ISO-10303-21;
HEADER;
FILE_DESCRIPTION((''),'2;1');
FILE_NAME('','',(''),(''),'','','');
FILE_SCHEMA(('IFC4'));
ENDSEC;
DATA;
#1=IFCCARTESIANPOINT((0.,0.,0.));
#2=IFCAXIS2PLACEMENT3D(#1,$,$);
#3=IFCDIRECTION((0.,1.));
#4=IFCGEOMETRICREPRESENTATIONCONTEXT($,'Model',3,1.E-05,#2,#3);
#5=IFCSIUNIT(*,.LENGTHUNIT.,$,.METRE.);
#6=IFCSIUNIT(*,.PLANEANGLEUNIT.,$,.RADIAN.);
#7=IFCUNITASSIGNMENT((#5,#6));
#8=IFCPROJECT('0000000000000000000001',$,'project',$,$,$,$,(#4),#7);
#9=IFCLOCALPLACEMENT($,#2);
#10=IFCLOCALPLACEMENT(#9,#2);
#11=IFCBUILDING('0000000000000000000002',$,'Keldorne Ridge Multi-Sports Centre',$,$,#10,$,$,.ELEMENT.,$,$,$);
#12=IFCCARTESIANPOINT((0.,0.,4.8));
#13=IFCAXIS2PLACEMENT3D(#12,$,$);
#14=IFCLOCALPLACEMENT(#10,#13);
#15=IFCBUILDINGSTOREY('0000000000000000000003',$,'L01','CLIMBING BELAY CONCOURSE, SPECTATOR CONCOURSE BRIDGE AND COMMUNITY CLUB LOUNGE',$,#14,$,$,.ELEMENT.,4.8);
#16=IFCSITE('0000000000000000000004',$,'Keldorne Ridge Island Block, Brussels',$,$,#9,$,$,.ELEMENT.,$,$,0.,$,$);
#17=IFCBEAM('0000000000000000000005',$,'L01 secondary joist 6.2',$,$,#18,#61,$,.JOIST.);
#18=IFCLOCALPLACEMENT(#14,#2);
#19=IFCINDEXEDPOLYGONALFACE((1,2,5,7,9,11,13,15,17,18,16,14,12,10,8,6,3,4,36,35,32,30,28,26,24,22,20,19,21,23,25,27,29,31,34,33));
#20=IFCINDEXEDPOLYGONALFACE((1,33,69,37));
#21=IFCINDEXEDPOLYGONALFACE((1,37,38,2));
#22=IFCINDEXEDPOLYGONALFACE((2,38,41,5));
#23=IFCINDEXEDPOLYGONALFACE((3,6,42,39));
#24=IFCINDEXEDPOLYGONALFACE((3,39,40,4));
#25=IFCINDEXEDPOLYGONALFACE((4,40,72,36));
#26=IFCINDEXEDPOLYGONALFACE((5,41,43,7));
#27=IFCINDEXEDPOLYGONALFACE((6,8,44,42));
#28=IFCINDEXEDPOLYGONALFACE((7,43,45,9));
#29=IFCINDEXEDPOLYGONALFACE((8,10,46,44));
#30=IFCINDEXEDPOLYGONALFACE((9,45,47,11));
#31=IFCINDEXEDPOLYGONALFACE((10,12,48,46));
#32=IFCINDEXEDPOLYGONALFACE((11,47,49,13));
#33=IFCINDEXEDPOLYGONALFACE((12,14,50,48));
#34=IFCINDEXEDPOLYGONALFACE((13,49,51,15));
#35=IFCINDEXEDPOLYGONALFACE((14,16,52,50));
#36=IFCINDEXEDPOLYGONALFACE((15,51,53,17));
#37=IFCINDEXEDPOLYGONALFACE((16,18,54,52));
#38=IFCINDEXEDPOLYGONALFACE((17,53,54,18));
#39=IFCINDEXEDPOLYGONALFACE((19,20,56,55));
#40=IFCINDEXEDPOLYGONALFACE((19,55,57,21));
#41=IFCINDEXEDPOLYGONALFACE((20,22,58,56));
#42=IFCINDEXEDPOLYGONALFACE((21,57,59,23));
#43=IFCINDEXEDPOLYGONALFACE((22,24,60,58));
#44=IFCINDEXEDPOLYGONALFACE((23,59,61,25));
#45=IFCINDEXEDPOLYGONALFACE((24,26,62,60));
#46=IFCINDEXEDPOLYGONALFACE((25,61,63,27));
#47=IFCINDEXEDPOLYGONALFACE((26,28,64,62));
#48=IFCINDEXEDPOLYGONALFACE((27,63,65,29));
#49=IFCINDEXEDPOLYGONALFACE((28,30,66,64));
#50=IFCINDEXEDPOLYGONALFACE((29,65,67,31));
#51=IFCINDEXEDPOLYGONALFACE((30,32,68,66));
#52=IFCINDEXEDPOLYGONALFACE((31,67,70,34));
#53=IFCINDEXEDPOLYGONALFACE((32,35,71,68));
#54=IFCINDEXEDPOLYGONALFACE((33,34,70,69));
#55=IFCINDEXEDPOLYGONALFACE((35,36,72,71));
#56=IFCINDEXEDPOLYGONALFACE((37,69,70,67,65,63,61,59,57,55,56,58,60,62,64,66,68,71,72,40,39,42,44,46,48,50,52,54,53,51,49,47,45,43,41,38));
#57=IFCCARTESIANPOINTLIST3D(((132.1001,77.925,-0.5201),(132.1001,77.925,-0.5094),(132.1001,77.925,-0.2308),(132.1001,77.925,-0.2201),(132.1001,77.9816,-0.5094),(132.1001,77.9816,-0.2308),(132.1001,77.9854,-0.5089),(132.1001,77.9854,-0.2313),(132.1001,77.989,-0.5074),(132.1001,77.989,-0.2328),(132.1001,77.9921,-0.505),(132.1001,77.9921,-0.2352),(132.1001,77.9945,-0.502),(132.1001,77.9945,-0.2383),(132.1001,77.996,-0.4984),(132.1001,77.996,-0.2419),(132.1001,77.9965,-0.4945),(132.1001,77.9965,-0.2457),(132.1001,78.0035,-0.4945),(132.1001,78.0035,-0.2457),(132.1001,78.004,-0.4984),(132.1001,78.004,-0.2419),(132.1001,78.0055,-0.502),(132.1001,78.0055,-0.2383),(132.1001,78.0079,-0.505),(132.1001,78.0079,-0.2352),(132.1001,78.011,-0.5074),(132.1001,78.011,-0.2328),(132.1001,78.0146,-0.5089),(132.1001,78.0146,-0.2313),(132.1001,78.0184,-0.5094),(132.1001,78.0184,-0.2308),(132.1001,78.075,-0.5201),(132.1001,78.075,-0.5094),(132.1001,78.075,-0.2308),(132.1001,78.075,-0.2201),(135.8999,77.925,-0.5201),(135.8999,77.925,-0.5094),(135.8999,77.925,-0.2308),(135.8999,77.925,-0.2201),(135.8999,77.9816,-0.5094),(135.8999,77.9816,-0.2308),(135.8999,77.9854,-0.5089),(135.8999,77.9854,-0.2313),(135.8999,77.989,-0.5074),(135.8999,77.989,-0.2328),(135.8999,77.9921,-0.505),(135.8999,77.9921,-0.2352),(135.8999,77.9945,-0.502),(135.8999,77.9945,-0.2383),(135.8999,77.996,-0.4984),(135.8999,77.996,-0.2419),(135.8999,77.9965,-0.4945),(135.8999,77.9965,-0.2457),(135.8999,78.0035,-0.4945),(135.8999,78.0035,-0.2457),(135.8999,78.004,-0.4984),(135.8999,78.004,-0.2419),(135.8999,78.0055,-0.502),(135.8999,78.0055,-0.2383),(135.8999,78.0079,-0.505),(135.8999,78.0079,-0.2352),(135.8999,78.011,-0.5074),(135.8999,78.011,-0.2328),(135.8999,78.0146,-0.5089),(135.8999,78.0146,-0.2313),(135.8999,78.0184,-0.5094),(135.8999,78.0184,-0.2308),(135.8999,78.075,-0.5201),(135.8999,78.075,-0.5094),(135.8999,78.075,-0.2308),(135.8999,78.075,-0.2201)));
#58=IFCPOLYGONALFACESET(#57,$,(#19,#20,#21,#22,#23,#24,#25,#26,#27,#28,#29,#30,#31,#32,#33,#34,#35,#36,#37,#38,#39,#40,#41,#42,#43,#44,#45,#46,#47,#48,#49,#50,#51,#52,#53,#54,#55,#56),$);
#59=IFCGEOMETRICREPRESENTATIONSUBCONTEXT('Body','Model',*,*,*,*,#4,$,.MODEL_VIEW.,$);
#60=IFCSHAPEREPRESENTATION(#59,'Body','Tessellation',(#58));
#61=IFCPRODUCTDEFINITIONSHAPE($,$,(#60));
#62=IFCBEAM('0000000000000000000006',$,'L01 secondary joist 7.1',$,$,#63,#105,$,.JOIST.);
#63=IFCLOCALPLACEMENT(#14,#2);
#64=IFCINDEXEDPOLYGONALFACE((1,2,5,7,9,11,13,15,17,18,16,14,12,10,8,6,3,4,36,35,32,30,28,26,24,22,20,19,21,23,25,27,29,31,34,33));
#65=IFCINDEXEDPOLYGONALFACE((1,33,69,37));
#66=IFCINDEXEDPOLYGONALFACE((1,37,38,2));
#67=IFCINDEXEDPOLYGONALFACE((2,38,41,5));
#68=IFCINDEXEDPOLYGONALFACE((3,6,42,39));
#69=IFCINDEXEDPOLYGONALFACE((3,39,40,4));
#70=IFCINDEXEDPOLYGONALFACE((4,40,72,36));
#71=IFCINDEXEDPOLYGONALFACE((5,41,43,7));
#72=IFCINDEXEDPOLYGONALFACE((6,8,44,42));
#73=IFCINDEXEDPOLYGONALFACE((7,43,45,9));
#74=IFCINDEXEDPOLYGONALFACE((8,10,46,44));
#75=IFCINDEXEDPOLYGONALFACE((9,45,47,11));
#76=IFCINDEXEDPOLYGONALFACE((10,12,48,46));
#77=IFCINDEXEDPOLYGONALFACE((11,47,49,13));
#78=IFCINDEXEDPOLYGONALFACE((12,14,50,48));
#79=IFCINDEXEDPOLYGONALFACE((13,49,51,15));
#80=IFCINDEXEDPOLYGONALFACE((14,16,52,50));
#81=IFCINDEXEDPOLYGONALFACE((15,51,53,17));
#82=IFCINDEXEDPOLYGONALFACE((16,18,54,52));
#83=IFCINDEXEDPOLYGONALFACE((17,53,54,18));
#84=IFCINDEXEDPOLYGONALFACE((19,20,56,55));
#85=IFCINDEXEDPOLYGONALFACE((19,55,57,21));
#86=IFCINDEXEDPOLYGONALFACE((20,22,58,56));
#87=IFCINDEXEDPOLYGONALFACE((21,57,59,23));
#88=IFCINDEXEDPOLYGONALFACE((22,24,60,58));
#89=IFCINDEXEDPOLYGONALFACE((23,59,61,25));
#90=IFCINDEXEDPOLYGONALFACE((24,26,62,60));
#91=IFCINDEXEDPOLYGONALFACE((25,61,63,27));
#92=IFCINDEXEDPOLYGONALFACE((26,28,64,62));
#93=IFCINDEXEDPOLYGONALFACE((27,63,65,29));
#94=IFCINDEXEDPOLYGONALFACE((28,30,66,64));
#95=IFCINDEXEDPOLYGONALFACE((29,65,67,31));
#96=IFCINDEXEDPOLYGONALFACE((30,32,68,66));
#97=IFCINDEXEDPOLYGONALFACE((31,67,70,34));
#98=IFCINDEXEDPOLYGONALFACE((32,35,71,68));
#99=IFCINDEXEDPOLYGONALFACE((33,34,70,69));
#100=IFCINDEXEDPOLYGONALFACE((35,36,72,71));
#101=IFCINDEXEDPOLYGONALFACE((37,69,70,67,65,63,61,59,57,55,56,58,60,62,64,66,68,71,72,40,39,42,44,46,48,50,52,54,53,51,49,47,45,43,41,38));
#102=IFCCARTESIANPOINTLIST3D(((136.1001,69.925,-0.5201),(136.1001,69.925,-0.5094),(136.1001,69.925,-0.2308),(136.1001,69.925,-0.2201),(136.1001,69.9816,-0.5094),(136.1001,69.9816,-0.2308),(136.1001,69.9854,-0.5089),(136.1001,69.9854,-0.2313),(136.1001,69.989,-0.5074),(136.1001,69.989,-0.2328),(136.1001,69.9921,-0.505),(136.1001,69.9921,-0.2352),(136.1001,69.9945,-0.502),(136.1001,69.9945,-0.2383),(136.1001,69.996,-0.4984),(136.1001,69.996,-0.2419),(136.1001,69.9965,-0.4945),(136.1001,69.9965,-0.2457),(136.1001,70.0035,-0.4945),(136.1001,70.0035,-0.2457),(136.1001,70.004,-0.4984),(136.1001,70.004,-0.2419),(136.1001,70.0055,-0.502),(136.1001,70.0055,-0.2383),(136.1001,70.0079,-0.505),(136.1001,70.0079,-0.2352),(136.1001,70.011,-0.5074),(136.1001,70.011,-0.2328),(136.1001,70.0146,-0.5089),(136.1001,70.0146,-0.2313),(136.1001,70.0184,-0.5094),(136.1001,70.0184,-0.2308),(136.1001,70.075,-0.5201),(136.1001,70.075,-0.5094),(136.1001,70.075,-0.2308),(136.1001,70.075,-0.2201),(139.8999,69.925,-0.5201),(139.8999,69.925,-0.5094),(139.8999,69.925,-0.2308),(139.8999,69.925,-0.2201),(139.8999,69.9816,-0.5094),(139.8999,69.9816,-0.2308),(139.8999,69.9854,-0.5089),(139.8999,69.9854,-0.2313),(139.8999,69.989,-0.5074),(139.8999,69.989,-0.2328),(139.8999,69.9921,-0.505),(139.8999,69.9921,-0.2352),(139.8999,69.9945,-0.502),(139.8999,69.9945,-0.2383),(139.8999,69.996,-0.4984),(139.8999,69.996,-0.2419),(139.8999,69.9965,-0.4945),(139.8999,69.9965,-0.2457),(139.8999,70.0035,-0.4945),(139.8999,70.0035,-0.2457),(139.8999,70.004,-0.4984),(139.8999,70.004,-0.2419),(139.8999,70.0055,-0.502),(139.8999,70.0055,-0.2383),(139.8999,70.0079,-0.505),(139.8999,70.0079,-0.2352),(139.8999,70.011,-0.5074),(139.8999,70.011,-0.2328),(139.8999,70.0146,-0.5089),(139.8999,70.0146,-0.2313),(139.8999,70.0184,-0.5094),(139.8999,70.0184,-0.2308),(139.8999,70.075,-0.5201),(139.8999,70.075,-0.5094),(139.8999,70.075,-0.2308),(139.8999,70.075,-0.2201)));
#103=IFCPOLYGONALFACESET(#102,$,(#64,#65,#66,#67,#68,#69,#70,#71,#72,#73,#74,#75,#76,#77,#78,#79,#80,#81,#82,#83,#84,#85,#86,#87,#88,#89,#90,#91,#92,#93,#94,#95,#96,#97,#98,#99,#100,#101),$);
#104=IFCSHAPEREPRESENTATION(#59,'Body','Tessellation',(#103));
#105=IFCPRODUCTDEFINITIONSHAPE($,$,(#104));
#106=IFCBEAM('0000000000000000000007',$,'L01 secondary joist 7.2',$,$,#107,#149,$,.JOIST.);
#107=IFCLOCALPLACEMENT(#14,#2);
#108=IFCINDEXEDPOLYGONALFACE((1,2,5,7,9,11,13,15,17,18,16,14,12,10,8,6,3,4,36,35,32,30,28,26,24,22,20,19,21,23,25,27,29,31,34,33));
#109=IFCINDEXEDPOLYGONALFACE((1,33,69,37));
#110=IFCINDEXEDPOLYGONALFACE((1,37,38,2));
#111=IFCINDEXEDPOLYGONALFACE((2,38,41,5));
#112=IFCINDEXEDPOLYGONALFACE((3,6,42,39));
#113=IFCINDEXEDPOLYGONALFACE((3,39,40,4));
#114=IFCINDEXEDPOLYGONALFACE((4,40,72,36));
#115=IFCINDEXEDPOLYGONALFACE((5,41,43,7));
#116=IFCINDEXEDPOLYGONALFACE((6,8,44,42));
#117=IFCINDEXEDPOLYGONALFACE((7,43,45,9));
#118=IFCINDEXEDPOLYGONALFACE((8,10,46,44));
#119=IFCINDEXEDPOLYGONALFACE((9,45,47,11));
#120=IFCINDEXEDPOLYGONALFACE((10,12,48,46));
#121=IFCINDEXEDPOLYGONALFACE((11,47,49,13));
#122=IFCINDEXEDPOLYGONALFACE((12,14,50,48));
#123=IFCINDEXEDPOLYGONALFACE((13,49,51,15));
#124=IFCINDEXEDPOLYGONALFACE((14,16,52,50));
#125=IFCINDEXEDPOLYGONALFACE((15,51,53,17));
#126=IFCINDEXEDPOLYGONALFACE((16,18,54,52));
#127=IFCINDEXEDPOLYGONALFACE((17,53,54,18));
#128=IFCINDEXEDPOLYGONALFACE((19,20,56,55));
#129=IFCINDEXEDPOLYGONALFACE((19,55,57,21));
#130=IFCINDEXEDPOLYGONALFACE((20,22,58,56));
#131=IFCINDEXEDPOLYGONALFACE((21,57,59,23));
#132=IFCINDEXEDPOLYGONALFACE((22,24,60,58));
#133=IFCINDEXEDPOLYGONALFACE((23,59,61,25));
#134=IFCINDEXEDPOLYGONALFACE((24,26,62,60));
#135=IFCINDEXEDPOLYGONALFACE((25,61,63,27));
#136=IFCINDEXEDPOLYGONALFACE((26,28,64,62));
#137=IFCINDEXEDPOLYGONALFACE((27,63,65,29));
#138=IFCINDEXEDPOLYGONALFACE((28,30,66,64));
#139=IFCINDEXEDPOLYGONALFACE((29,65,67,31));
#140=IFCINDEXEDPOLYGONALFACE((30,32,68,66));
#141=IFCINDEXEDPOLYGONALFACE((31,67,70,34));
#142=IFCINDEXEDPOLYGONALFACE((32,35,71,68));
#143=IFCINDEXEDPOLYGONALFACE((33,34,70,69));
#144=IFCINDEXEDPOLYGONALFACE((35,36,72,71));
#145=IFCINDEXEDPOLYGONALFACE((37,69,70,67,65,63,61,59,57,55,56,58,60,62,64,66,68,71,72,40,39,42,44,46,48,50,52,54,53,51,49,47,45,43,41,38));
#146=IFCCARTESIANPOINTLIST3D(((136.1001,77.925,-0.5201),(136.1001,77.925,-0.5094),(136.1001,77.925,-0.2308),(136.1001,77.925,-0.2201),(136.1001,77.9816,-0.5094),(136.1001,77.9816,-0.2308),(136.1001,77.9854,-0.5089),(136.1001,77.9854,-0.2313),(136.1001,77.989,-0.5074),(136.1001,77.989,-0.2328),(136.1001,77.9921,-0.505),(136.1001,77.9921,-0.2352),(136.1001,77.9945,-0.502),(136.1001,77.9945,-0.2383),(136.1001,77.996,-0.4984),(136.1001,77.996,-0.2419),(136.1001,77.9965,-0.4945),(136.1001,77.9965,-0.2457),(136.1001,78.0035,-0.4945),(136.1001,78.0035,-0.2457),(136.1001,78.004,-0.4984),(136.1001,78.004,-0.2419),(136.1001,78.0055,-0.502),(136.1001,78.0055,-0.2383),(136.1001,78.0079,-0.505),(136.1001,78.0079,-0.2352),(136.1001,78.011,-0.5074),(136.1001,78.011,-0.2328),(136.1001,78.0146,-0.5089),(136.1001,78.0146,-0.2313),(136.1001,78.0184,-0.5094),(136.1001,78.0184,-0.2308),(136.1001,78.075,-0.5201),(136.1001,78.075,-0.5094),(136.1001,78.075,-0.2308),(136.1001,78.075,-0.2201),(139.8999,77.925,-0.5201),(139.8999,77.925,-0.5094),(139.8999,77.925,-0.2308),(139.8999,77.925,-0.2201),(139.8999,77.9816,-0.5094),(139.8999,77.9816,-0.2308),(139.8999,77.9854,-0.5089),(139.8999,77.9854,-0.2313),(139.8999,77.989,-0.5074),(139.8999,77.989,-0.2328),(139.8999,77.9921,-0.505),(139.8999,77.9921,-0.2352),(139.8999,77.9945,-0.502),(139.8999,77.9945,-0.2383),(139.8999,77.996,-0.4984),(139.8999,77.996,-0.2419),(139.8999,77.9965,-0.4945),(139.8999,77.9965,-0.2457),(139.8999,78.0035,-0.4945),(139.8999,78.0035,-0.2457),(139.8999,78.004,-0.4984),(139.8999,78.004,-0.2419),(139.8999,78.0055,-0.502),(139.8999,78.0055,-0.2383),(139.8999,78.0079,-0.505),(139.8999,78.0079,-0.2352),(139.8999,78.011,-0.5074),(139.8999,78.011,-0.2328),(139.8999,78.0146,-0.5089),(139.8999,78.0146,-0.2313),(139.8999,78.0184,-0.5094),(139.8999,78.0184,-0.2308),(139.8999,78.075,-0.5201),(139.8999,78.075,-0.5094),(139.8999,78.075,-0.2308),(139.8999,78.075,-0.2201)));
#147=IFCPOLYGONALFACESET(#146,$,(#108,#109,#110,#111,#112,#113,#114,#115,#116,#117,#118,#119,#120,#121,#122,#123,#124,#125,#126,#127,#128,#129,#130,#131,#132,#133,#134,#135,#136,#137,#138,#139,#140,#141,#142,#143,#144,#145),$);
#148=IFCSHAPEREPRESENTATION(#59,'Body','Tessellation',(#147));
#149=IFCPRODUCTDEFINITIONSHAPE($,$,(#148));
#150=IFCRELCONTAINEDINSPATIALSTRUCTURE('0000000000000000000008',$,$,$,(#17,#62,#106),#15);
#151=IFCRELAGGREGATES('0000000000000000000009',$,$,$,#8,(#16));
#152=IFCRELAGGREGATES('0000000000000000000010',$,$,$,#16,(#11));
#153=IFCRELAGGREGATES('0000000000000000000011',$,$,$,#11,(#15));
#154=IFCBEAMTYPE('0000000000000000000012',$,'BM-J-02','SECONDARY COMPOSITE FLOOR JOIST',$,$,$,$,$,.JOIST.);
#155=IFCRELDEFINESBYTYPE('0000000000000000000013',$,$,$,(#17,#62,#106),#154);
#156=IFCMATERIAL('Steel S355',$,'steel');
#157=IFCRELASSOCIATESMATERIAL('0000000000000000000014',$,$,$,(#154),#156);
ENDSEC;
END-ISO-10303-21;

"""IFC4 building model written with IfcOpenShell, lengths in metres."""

from ifc_helpers import new_model, si_unit, direction, frame, origin, origin_2d, place, context, subcontext, project, spatial, i_section, extrude, material, material_profile, profile_set, type_object, element, save


model = new_model("IFC4")

# Units and contexts
model_context = context("Model", 3, precision=1e-05, world=origin(), true_north=direction((0.0, 1.0)))
body_context = subcontext(model_context, "Body", "Model", "MODEL_VIEW")
ifc_project = project(units=[si_unit("LENGTHUNIT", "METRE"), si_unit("PLANEANGLEUNIT", "RADIAN")], contexts=[model_context])

# Site, building, storey
site_placement = place(None, origin())
site = spatial("IfcSite", under=ifc_project, at=site_placement, Name="Keldorne Ridge Island Block, Brussels", CompositionType="ELEMENT", RefElevation=0.0)
building_placement = place(site_placement, origin())
building = spatial("IfcBuilding", under=site, at=building_placement, Name="Keldorne Ridge Multi-Sports Centre", CompositionType="ELEMENT")
storey_placement = place(building_placement, frame((0.0, 0.0, 4.8)))
storey = spatial("IfcBuildingStorey", under=building, at=storey_placement, Name="L01", Description="CLIMBING BELAY CONCOURSE, SPECTATOR CONCOURSE BRIDGE AND COMMUNITY CLUB LOUNGE", CompositionType="ELEMENT", Elevation=4.8)

# Shared definitions
ifc_material_1 = material(Name="Steel S355", Category="steel")

# Beams
ifc_material_profile_1 = material_profile(ifc_material_1, i_section(OverallWidth=0.1499, OverallDepth=0.3, WebThickness=0.0071, FlangeThickness=0.0107, FilletRadius=0.0149, at=origin_2d()), Name="IPE 300")
ifc_profile_set_1 = profile_set([ifc_material_profile_1], Name="Steel S355")
beam_type_1 = type_object("IfcBeamType", Name="BM-J-02", Description="SECONDARY COMPOSITE FLOOR JOIST", PredefinedType="JOIST", material=ifc_profile_set_1)
for number, where, z_axis, x_axis, name in (
    (1, (132.1001, 78.0, -0.3701), (1.0, 0.0, 0.0), (0.0, 1.0, 0.0), "L01 secondary joist 6.2"),
    (2, (136.1001, 70.0, -0.3701), (1.0, 0.0, 0.0), (0.0, 1.0, 0.0), "L01 secondary joist 7.1"),
    (3, (136.1001, 78.0, -0.3701), (1.0, 0.0, 0.0), (0.0, 1.0, 0.0), "L01 secondary joist 7.2"),
):
    element("IfcBeam", number, at=place(storey_placement, frame(where, z_axis=z_axis, x_axis=x_axis)), inside=storey, type_object=beam_type_1, Name=name, PredefinedType="JOIST", context=body_context, shape_type="SweptSolid", body=[
        extrude(i_section(OverallWidth=0.1499, OverallDepth=0.3, WebThickness=0.0071, FlangeThickness=0.0107, FilletRadius=0.0149, at=origin_2d()), origin(), (0.0, 0.0, 1.0), 3.7998),
    ])

save(model, "model.ifc")
